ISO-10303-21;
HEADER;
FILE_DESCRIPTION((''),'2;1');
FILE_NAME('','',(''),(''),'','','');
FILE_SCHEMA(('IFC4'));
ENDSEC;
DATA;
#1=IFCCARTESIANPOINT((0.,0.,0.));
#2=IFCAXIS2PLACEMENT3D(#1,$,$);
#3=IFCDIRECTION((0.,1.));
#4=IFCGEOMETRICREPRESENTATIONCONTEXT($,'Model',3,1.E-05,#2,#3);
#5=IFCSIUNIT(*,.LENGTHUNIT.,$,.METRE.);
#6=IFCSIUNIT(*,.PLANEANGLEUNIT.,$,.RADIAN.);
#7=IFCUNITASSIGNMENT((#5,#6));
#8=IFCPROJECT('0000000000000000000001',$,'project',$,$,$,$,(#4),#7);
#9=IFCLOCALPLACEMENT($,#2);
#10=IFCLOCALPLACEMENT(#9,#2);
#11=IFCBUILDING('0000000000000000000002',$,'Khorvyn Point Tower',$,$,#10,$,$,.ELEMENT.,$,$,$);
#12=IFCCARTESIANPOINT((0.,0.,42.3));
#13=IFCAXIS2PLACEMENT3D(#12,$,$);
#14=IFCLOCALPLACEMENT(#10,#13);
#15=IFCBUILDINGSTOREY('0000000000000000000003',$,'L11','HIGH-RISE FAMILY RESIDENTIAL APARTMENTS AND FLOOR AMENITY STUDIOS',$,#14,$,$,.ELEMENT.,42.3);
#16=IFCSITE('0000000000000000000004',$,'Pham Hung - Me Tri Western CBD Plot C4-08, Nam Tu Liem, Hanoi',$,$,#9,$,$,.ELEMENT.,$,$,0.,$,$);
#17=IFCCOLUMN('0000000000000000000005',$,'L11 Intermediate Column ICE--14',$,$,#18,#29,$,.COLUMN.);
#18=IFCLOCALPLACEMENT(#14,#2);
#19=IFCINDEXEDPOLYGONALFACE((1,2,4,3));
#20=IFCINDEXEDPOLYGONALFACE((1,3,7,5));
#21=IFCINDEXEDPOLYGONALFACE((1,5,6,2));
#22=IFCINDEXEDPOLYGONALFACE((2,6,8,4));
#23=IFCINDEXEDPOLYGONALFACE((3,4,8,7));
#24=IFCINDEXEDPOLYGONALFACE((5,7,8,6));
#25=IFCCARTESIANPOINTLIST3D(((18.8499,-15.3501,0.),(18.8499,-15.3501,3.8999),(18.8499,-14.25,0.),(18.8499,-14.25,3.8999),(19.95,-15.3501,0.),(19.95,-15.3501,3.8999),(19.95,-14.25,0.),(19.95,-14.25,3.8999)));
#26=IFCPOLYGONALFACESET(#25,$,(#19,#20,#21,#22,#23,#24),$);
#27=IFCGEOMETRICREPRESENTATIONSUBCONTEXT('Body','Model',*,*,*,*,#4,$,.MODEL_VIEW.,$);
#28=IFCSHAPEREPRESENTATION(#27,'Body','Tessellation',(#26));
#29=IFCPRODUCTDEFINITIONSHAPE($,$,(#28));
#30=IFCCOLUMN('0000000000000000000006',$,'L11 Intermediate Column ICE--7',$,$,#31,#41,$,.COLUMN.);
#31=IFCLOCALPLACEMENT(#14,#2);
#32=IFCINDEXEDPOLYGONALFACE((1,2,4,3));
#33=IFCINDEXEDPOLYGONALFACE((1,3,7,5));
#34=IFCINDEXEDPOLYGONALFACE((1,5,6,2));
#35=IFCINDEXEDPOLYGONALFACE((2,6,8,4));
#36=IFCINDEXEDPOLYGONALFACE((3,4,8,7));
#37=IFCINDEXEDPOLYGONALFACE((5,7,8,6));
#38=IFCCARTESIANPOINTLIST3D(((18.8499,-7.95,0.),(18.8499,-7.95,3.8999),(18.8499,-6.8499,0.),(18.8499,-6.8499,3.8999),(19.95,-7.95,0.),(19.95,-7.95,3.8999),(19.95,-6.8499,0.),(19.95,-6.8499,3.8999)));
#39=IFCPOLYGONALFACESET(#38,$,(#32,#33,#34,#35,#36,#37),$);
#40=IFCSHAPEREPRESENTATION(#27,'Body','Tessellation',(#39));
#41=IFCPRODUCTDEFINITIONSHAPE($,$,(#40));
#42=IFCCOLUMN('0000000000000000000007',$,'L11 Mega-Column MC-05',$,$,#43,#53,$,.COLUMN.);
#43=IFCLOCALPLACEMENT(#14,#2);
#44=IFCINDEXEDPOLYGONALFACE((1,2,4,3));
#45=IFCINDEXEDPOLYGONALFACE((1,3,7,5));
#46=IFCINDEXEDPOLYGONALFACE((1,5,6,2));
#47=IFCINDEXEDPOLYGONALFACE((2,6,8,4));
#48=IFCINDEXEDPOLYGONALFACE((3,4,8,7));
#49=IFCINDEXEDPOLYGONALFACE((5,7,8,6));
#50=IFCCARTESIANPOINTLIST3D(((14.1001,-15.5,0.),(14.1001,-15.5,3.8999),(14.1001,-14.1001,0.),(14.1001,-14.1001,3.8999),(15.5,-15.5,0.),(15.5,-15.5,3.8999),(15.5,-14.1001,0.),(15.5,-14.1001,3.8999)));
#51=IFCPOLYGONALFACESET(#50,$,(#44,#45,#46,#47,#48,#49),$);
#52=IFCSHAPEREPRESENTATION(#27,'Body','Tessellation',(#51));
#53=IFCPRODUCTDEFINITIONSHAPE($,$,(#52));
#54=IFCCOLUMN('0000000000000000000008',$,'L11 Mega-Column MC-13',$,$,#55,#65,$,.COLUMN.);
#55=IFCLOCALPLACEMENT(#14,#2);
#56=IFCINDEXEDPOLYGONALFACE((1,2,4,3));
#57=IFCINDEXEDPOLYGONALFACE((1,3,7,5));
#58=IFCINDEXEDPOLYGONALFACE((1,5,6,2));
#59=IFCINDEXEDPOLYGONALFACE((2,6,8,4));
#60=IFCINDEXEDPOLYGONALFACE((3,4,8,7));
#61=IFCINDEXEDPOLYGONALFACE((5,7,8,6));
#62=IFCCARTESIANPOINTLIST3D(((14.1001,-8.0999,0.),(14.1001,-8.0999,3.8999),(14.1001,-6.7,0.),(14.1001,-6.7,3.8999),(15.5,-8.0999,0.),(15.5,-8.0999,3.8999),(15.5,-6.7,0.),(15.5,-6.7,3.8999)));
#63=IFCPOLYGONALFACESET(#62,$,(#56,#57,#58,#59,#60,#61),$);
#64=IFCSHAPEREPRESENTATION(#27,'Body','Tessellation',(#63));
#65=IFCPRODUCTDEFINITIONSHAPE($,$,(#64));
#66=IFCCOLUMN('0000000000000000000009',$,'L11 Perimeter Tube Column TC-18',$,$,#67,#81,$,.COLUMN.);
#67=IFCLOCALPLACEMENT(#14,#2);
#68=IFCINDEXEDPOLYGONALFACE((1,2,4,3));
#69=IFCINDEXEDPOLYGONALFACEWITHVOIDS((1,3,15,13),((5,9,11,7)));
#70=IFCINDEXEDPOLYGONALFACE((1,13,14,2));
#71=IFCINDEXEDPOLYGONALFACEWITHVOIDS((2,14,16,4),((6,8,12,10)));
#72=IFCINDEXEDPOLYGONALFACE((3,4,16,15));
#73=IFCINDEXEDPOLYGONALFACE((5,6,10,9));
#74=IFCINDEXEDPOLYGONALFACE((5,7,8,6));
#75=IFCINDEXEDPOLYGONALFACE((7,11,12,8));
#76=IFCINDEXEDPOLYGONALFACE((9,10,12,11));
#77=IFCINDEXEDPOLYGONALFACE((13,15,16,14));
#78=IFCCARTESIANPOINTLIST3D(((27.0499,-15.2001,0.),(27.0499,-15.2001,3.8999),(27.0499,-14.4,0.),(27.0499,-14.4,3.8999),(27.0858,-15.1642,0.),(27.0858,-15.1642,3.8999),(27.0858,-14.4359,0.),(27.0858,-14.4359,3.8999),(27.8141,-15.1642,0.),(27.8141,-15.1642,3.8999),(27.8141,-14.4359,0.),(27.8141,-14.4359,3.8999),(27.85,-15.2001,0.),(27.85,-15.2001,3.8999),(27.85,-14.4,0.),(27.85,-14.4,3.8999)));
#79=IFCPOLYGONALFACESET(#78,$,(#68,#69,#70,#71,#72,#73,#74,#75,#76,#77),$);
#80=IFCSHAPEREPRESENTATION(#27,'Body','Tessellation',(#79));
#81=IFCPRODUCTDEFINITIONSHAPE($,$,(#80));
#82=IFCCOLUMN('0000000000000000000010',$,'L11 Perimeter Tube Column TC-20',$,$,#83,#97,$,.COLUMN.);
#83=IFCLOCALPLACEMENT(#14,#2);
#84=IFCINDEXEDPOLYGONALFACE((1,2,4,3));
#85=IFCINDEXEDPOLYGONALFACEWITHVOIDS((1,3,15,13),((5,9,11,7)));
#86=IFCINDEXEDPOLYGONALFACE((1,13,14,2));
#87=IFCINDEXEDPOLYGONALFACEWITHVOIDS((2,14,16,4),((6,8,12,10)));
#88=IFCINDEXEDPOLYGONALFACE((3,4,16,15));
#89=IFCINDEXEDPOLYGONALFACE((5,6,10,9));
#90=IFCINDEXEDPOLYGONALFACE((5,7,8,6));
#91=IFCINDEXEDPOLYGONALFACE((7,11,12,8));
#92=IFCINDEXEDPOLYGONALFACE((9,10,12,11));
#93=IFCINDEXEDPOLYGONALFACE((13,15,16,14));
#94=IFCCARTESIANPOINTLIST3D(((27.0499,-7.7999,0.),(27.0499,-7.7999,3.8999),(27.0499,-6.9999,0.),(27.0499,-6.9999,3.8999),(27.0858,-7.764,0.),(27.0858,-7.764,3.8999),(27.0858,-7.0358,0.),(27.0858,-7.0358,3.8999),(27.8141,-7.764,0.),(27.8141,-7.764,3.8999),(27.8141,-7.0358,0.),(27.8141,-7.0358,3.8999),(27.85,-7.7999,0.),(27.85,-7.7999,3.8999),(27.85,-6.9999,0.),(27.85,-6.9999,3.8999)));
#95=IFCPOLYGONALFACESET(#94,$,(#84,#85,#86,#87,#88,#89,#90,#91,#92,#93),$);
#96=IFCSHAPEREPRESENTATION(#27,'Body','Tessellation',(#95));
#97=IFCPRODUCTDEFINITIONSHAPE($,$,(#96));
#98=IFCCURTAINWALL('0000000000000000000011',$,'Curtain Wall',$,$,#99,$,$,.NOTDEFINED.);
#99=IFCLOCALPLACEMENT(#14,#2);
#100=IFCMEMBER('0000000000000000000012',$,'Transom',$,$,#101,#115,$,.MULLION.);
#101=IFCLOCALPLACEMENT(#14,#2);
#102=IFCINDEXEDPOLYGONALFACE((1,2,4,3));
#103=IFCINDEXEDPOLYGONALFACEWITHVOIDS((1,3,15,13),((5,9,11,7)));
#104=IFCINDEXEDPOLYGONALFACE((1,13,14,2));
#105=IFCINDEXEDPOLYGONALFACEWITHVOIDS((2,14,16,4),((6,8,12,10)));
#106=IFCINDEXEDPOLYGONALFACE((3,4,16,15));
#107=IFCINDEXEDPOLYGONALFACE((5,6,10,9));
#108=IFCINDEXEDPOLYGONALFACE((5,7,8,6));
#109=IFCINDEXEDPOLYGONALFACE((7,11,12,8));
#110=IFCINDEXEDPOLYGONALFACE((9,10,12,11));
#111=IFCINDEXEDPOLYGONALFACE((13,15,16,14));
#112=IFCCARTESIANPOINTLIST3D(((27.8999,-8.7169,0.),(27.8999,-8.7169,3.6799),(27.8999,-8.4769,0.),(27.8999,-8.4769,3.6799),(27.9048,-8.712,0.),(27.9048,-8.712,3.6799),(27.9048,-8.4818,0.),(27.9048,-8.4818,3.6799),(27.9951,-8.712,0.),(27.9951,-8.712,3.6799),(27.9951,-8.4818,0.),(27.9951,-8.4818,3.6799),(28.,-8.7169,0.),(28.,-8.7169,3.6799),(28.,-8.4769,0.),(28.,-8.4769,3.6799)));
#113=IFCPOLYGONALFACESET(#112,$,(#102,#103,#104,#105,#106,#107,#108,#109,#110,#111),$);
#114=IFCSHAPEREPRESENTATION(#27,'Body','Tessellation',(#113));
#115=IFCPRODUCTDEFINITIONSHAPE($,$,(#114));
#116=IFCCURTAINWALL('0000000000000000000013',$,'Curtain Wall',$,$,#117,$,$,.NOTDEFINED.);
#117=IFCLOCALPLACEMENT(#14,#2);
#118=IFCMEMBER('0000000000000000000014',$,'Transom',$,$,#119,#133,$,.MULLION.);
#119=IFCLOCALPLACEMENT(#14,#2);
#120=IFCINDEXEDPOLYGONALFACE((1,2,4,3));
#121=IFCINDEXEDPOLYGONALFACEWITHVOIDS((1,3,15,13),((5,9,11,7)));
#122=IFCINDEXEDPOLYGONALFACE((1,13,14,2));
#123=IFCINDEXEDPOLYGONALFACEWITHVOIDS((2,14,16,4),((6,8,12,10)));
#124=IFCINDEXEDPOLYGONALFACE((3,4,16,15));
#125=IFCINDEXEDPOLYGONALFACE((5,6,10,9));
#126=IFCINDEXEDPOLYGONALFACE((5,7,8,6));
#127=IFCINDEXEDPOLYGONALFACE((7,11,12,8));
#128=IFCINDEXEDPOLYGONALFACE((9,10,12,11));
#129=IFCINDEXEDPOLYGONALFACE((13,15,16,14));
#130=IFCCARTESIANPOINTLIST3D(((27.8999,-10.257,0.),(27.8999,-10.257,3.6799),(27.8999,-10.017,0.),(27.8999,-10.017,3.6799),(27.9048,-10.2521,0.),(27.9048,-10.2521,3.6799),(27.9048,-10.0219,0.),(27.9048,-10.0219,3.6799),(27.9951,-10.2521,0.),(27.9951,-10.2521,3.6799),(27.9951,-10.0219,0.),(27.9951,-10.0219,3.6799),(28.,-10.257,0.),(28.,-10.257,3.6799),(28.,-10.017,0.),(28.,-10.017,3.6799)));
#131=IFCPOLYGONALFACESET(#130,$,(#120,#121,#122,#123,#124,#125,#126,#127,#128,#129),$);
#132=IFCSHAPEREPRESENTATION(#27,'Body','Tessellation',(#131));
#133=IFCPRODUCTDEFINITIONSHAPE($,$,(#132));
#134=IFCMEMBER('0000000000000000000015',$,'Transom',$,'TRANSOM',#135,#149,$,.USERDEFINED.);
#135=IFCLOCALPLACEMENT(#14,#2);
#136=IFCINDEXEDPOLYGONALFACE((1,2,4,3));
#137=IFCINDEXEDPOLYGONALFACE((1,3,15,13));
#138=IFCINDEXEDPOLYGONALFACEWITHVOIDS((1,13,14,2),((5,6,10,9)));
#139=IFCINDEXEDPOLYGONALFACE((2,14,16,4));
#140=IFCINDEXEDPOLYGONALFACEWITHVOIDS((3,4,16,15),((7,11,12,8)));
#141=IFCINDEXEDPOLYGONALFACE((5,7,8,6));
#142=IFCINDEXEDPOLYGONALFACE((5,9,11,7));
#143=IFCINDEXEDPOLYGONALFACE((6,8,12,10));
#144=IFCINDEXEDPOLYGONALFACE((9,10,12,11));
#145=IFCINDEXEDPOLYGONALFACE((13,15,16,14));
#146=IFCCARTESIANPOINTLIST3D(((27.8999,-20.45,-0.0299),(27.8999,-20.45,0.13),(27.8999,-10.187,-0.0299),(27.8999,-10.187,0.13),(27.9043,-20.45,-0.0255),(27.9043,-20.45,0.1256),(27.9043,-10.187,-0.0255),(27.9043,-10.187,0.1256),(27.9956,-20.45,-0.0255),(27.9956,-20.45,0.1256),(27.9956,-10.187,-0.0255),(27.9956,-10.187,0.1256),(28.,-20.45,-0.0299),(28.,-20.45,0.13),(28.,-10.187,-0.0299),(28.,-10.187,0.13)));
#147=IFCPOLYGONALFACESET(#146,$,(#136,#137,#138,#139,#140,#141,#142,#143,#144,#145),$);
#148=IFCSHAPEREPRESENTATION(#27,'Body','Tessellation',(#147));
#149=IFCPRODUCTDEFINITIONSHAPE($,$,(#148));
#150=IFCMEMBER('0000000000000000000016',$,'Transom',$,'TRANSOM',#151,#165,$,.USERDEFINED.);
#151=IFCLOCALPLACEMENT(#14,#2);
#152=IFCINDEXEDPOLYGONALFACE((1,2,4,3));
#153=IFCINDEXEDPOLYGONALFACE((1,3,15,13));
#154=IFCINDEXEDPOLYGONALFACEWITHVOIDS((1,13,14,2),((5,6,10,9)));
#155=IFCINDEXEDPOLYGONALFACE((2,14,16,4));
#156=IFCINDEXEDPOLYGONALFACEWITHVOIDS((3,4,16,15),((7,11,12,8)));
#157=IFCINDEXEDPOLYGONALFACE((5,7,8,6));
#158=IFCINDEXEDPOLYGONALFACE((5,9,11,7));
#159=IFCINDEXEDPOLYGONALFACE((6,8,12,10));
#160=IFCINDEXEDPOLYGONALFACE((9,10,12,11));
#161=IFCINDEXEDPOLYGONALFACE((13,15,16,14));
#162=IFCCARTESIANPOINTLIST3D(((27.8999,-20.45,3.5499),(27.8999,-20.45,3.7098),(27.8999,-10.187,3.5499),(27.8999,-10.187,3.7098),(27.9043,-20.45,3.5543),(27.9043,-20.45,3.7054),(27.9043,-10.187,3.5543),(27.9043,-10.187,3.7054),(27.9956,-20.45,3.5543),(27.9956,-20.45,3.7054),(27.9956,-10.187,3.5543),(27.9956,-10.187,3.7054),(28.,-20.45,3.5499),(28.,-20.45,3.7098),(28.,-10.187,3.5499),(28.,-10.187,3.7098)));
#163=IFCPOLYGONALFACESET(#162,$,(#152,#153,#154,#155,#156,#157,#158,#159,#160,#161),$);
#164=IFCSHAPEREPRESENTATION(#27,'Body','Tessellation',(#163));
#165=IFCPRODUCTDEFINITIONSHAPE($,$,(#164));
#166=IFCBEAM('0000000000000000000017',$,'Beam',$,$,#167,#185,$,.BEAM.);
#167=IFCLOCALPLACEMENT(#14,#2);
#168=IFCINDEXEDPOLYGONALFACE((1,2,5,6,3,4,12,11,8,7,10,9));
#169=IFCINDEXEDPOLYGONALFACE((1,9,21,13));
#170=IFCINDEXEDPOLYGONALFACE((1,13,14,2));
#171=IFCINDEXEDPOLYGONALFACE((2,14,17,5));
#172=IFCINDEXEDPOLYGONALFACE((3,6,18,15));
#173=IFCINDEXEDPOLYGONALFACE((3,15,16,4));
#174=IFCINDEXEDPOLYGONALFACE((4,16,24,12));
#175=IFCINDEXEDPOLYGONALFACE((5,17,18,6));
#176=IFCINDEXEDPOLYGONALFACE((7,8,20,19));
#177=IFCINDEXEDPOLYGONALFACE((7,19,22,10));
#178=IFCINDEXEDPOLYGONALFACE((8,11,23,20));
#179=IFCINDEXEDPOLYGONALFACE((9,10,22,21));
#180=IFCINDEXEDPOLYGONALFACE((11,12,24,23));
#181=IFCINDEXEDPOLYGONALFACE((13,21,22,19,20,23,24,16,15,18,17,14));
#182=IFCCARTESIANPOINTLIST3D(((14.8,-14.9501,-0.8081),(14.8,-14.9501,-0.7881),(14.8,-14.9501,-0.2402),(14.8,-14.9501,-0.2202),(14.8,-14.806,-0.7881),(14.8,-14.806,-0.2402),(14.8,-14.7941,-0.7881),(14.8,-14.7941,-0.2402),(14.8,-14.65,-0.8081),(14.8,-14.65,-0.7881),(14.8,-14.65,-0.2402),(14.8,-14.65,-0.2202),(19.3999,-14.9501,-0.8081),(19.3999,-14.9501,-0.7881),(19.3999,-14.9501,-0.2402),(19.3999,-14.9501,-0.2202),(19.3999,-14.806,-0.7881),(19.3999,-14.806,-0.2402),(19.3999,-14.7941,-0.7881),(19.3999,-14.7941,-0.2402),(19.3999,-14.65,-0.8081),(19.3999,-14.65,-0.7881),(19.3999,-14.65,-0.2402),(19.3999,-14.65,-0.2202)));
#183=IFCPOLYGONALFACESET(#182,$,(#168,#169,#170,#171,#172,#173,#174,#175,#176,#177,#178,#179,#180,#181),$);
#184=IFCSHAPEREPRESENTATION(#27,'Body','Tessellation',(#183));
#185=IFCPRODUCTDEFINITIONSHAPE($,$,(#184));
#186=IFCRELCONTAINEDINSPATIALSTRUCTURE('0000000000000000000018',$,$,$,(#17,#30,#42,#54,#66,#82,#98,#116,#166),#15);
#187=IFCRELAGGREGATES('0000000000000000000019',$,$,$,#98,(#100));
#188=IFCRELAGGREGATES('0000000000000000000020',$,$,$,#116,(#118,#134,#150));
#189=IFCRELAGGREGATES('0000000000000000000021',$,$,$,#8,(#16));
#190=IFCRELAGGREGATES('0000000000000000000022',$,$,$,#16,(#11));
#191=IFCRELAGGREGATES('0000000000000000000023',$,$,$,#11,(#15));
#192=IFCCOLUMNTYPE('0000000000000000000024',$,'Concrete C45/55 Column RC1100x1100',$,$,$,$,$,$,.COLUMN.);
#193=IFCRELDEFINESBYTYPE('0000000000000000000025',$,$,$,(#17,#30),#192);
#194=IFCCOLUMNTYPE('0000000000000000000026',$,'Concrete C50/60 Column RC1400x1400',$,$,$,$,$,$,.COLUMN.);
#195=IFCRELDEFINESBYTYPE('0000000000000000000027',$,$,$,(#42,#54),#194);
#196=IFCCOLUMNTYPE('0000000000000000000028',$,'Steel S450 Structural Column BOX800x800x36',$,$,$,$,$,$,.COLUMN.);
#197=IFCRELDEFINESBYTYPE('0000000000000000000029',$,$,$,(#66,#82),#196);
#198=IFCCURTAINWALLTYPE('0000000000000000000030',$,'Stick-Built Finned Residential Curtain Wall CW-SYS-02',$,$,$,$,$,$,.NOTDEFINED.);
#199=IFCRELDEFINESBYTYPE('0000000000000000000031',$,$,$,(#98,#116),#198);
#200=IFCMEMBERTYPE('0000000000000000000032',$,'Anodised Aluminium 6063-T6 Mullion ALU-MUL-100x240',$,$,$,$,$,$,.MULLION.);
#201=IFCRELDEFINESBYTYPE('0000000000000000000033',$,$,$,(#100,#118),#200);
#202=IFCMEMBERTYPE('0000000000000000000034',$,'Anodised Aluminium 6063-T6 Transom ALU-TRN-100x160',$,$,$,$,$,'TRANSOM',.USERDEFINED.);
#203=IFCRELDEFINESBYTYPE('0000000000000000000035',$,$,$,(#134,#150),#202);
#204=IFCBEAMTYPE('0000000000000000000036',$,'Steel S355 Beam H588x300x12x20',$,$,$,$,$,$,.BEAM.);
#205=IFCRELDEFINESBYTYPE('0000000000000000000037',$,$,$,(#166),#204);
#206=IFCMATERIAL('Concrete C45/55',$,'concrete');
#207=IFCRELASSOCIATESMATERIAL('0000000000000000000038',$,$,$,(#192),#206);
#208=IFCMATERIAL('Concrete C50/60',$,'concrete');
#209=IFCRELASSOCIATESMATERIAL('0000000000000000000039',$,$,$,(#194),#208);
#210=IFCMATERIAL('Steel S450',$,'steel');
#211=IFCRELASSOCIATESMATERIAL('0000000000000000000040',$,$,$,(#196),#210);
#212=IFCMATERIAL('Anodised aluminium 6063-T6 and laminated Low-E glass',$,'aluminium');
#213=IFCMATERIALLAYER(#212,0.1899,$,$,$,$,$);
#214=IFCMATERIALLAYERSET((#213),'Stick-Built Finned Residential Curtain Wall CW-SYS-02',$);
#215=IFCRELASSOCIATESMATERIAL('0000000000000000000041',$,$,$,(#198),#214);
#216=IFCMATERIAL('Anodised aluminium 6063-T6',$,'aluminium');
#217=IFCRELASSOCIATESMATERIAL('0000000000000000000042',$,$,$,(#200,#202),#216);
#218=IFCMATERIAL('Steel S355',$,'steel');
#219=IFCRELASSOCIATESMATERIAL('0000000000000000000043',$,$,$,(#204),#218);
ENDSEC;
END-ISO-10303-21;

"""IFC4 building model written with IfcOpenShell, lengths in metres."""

from ifc_helpers import new_model, si_unit, direction, frame, origin, origin_2d, place, context, subcontext, project, spatial, rectangle, hollow_rectangle, i_section, extrude, material, layer, layer_set, material_profile, profile_set, type_object, element, aggregate, save


model = new_model("IFC4")

# Units and contexts
model_context = context("Model", 3, precision=1e-05, world=origin(), true_north=direction((0.0, 1.0)))
body_context = subcontext(model_context, "Body", "Model", "MODEL_VIEW")
ifc_project = project(units=[si_unit("LENGTHUNIT", "METRE"), si_unit("PLANEANGLEUNIT", "RADIAN")], contexts=[model_context])

# Site, building, storey
site_placement = place(None, origin())
site = spatial("IfcSite", under=ifc_project, at=site_placement, Name="Pham Hung - Me Tri Western CBD Plot C4-08, Nam Tu Liem, Hanoi", CompositionType="ELEMENT", RefElevation=0.0)
building_placement = place(site_placement, origin())
building = spatial("IfcBuilding", under=site, at=building_placement, Name="Khorvyn Point Tower", CompositionType="ELEMENT")
storey_placement = place(building_placement, frame((0.0, 0.0, 42.3)))
storey = spatial("IfcBuildingStorey", under=building, at=storey_placement, Name="L11", Description="HIGH-RISE FAMILY RESIDENTIAL APARTMENTS AND FLOOR AMENITY STUDIOS", CompositionType="ELEMENT", Elevation=42.3)

# Columns
ifc_material_1 = material(Name="Concrete C45/55", Category="concrete")
ifc_material_profile_1 = material_profile(ifc_material_1, rectangle(XDim=1.1001, YDim=1.1001, at=origin_2d()))
ifc_profile_set_1 = profile_set([ifc_material_profile_1], Name="Concrete C45/55 RC1100x1100")
column_type_1 = type_object("IfcColumnType", Name="Concrete C45/55 Column RC1100x1100", PredefinedType="COLUMN", material=ifc_profile_set_1)
for number, where, z_axis, x_axis, name in (
    (1, (19.3999, -14.8, 0.0), (0.0, 0.0, 1.0), (1.0, 0.0, 0.0), "L11 Intermediate Column ICE--14"),
    (2, (19.3999, -7.3999, 0.0), (0.0, 0.0, 1.0), (1.0, 0.0, 0.0), "L11 Intermediate Column ICE--7"),
):
    element("IfcColumn", number, at=place(storey_placement, frame(where, z_axis=z_axis, x_axis=x_axis)), inside=storey, type_object=column_type_1, Name=name, PredefinedType="COLUMN", context=body_context, shape_type="SweptSolid", body=[
        extrude(rectangle(XDim=1.1001, YDim=1.1001, at=origin_2d()), origin(), (0.0, 0.0, 1.0), 3.8999),
    ])
ifc_material_2 = material(Name="Concrete C50/60", Category="concrete")
ifc_material_profile_2 = material_profile(ifc_material_2, rectangle(XDim=1.3999, YDim=1.3999, at=origin_2d()))
ifc_profile_set_2 = profile_set([ifc_material_profile_2], Name="Concrete C50/60 RC1400x1400")
column_type_2 = type_object("IfcColumnType", Name="Concrete C50/60 Column RC1400x1400", PredefinedType="COLUMN", material=ifc_profile_set_2)
for number, where, z_axis, x_axis, name in (
    (3, (14.8, -14.8, 0.0), (0.0, 0.0, 1.0), (1.0, 0.0, 0.0), "L11 Mega-Column MC-05"),
    (4, (14.8, -7.3999, 0.0), (0.0, 0.0, 1.0), (1.0, 0.0, 0.0), "L11 Mega-Column MC-13"),
):
    element("IfcColumn", number, at=place(storey_placement, frame(where, z_axis=z_axis, x_axis=x_axis)), inside=storey, type_object=column_type_2, Name=name, PredefinedType="COLUMN", context=body_context, shape_type="SweptSolid", body=[
        extrude(rectangle(XDim=1.3999, YDim=1.3999, at=origin_2d()), origin(), (0.0, 0.0, 1.0), 3.8999),
    ])
ifc_material_3 = material(Name="Steel S450", Category="steel")
ifc_material_profile_3 = material_profile(ifc_material_3, hollow_rectangle(XDim=0.8, YDim=0.8, WallThickness=0.0359, at=origin_2d()))
ifc_profile_set_3 = profile_set([ifc_material_profile_3], Name="Steel S450 BOX800x800x36")
column_type_3 = type_object("IfcColumnType", Name="Steel S450 Structural Column BOX800x800x36", PredefinedType="COLUMN", material=ifc_profile_set_3)
for number, where, z_axis, x_axis, name in (
    (5, (27.45, -14.8, 0.0), (0.0, 0.0, 1.0), (1.0, 0.0, 0.0), "L11 Perimeter Tube Column TC-18"),
    (6, (27.45, -7.3999, 0.0), (0.0, 0.0, 1.0), (1.0, 0.0, 0.0), "L11 Perimeter Tube Column TC-20"),
):
    element("IfcColumn", number, at=place(storey_placement, frame(where, z_axis=z_axis, x_axis=x_axis)), inside=storey, type_object=column_type_3, Name=name, PredefinedType="COLUMN", context=body_context, shape_type="SweptSolid", body=[
        extrude(hollow_rectangle(XDim=0.8, YDim=0.8, WallThickness=0.0359, at=origin_2d()), origin(), (0.0, 0.0, 1.0), 3.8999),
    ])

# Curtain wall, member
ifc_material_4 = material(Name="Anodised aluminium 6063-T6 and laminated Low-E glass", Category="aluminium")
ifc_layer_1 = layer(ifc_material_4, 0.1899)
ifc_layer_set_1 = layer_set([ifc_layer_1], Name="Stick-Built Finned Residential Curtain Wall CW-SYS-02")
curtain_wall_type = type_object("IfcCurtainWallType", Name="Stick-Built Finned Residential Curtain Wall CW-SYS-02", PredefinedType="NOTDEFINED", material=ifc_layer_set_1)
curtain_wall_1_placement = place(storey_placement, origin())
curtain_wall_1 = element("IfcCurtainWall", 7, at=curtain_wall_1_placement, inside=storey, type_object=curtain_wall_type, Name="Curtain Wall", PredefinedType="NOTDEFINED")
ifc_material_5 = material(Name="Anodised aluminium 6063-T6", Category="aluminium")
ifc_material_profile_4 = material_profile(ifc_material_5, hollow_rectangle(XDim=0.1001, YDim=0.24, WallThickness=0.0049, at=origin_2d()))
ifc_profile_set_4 = profile_set([ifc_material_profile_4], Name="Anodised aluminium 6063-T6 ALU-MUL-100x240")
member_type_1 = type_object("IfcMemberType", Name="Anodised Aluminium 6063-T6 Mullion ALU-MUL-100x240", PredefinedType="MULLION", material=ifc_profile_set_4)
member_1_placement = place(storey_placement, frame((27.95, -8.5969, 0.0), z_axis=(0.0, 0.0, 1.0), x_axis=(1.0, 0.0, 0.0)))
member_1 = element("IfcMember", 8, at=member_1_placement, type_object=member_type_1, Name="Transom", PredefinedType="MULLION", context=body_context, shape_type="SweptSolid", body=[
    extrude(hollow_rectangle(XDim=0.1001, YDim=0.24, WallThickness=0.0049, at=origin_2d()), origin(), (0.0, 0.0, 1.0), 3.6799),
])
aggregate(curtain_wall_1, [member_1])

# Curtain wall, members
curtain_wall_2_placement = place(storey_placement, origin())
curtain_wall_2 = element("IfcCurtainWall", 9, at=curtain_wall_2_placement, inside=storey, type_object=curtain_wall_type, Name="Curtain Wall", PredefinedType="NOTDEFINED")
member_2_placement = place(storey_placement, frame((27.95, -10.137, 0.0), z_axis=(0.0, 0.0, 1.0), x_axis=(1.0, 0.0, 0.0)))
member_2 = element("IfcMember", 10, at=member_2_placement, type_object=member_type_1, Name="Transom", PredefinedType="MULLION", context=body_context, shape_type="SweptSolid", body=[
    extrude(hollow_rectangle(XDim=0.1001, YDim=0.24, WallThickness=0.0049, at=origin_2d()), origin(), (0.0, 0.0, 1.0), 3.6799),
])
ifc_material_profile_5 = material_profile(ifc_material_5, hollow_rectangle(XDim=0.1001, YDim=0.1599, WallThickness=0.0044, at=origin_2d()))
ifc_profile_set_5 = profile_set([ifc_material_profile_5], Name="Anodised aluminium 6063-T6 ALU-TRN-100x160")
member_type_2 = type_object("IfcMemberType", Name="Anodised Aluminium 6063-T6 Transom ALU-TRN-100x160", ElementType="TRANSOM", PredefinedType="USERDEFINED", material=ifc_profile_set_5)
member_3_placement = place(storey_placement, frame((27.95, -10.187, 0.05), z_axis=(0.0, -1.0, 0.0), x_axis=(1.0, 0.0, 0.0)))
member_3 = element("IfcMember", 11, at=member_3_placement, type_object=member_type_2, Name="Transom", ObjectType="TRANSOM", PredefinedType="USERDEFINED", context=body_context, shape_type="SweptSolid", body=[
    extrude(hollow_rectangle(XDim=0.1001, YDim=0.1599, WallThickness=0.0044, at=origin_2d()), origin(), (0.0, 0.0, 1.0), 10.2629),
])
member_4_placement = place(storey_placement, frame((27.95, -10.187, 3.6299), z_axis=(0.0, -1.0, 0.0), x_axis=(1.0, 0.0, 0.0)))
member_4 = element("IfcMember", 12, at=member_4_placement, type_object=member_type_2, Name="Transom", ObjectType="TRANSOM", PredefinedType="USERDEFINED", context=body_context, shape_type="SweptSolid", body=[
    extrude(hollow_rectangle(XDim=0.1001, YDim=0.1599, WallThickness=0.0044, at=origin_2d()), origin(), (0.0, 0.0, 1.0), 10.2629),
])

# Beam
ifc_material_6 = material(Name="Steel S355", Category="steel")
ifc_material_profile_6 = material_profile(ifc_material_6, i_section(OverallWidth=0.3, OverallDepth=0.5879, WebThickness=0.012, FlangeThickness=0.02, at=origin_2d()))
ifc_profile_set_6 = profile_set([ifc_material_profile_6], Name="Steel S355 H588x300x12x20")
beam_type_1 = type_object("IfcBeamType", Name="Steel S355 Beam H588x300x12x20", PredefinedType="BEAM", material=ifc_profile_set_6)
beam_1_placement = place(storey_placement, frame((14.8, -14.8, -0.5142), z_axis=(1.0, 0.0, 0.0), x_axis=(0.0, 1.0, 0.0)))
element("IfcBeam", 13, at=beam_1_placement, inside=storey, type_object=beam_type_1, Name="Beam", PredefinedType="BEAM", context=body_context, shape_type="SweptSolid", body=[
    extrude(i_section(OverallWidth=0.3, OverallDepth=0.5879, WebThickness=0.012, FlangeThickness=0.02, at=origin_2d()), origin(), (0.0, 0.0, 1.0), 4.5999),
])

aggregate(curtain_wall_2, [member_2, member_3, member_4])

save(model, "model.ifc")
